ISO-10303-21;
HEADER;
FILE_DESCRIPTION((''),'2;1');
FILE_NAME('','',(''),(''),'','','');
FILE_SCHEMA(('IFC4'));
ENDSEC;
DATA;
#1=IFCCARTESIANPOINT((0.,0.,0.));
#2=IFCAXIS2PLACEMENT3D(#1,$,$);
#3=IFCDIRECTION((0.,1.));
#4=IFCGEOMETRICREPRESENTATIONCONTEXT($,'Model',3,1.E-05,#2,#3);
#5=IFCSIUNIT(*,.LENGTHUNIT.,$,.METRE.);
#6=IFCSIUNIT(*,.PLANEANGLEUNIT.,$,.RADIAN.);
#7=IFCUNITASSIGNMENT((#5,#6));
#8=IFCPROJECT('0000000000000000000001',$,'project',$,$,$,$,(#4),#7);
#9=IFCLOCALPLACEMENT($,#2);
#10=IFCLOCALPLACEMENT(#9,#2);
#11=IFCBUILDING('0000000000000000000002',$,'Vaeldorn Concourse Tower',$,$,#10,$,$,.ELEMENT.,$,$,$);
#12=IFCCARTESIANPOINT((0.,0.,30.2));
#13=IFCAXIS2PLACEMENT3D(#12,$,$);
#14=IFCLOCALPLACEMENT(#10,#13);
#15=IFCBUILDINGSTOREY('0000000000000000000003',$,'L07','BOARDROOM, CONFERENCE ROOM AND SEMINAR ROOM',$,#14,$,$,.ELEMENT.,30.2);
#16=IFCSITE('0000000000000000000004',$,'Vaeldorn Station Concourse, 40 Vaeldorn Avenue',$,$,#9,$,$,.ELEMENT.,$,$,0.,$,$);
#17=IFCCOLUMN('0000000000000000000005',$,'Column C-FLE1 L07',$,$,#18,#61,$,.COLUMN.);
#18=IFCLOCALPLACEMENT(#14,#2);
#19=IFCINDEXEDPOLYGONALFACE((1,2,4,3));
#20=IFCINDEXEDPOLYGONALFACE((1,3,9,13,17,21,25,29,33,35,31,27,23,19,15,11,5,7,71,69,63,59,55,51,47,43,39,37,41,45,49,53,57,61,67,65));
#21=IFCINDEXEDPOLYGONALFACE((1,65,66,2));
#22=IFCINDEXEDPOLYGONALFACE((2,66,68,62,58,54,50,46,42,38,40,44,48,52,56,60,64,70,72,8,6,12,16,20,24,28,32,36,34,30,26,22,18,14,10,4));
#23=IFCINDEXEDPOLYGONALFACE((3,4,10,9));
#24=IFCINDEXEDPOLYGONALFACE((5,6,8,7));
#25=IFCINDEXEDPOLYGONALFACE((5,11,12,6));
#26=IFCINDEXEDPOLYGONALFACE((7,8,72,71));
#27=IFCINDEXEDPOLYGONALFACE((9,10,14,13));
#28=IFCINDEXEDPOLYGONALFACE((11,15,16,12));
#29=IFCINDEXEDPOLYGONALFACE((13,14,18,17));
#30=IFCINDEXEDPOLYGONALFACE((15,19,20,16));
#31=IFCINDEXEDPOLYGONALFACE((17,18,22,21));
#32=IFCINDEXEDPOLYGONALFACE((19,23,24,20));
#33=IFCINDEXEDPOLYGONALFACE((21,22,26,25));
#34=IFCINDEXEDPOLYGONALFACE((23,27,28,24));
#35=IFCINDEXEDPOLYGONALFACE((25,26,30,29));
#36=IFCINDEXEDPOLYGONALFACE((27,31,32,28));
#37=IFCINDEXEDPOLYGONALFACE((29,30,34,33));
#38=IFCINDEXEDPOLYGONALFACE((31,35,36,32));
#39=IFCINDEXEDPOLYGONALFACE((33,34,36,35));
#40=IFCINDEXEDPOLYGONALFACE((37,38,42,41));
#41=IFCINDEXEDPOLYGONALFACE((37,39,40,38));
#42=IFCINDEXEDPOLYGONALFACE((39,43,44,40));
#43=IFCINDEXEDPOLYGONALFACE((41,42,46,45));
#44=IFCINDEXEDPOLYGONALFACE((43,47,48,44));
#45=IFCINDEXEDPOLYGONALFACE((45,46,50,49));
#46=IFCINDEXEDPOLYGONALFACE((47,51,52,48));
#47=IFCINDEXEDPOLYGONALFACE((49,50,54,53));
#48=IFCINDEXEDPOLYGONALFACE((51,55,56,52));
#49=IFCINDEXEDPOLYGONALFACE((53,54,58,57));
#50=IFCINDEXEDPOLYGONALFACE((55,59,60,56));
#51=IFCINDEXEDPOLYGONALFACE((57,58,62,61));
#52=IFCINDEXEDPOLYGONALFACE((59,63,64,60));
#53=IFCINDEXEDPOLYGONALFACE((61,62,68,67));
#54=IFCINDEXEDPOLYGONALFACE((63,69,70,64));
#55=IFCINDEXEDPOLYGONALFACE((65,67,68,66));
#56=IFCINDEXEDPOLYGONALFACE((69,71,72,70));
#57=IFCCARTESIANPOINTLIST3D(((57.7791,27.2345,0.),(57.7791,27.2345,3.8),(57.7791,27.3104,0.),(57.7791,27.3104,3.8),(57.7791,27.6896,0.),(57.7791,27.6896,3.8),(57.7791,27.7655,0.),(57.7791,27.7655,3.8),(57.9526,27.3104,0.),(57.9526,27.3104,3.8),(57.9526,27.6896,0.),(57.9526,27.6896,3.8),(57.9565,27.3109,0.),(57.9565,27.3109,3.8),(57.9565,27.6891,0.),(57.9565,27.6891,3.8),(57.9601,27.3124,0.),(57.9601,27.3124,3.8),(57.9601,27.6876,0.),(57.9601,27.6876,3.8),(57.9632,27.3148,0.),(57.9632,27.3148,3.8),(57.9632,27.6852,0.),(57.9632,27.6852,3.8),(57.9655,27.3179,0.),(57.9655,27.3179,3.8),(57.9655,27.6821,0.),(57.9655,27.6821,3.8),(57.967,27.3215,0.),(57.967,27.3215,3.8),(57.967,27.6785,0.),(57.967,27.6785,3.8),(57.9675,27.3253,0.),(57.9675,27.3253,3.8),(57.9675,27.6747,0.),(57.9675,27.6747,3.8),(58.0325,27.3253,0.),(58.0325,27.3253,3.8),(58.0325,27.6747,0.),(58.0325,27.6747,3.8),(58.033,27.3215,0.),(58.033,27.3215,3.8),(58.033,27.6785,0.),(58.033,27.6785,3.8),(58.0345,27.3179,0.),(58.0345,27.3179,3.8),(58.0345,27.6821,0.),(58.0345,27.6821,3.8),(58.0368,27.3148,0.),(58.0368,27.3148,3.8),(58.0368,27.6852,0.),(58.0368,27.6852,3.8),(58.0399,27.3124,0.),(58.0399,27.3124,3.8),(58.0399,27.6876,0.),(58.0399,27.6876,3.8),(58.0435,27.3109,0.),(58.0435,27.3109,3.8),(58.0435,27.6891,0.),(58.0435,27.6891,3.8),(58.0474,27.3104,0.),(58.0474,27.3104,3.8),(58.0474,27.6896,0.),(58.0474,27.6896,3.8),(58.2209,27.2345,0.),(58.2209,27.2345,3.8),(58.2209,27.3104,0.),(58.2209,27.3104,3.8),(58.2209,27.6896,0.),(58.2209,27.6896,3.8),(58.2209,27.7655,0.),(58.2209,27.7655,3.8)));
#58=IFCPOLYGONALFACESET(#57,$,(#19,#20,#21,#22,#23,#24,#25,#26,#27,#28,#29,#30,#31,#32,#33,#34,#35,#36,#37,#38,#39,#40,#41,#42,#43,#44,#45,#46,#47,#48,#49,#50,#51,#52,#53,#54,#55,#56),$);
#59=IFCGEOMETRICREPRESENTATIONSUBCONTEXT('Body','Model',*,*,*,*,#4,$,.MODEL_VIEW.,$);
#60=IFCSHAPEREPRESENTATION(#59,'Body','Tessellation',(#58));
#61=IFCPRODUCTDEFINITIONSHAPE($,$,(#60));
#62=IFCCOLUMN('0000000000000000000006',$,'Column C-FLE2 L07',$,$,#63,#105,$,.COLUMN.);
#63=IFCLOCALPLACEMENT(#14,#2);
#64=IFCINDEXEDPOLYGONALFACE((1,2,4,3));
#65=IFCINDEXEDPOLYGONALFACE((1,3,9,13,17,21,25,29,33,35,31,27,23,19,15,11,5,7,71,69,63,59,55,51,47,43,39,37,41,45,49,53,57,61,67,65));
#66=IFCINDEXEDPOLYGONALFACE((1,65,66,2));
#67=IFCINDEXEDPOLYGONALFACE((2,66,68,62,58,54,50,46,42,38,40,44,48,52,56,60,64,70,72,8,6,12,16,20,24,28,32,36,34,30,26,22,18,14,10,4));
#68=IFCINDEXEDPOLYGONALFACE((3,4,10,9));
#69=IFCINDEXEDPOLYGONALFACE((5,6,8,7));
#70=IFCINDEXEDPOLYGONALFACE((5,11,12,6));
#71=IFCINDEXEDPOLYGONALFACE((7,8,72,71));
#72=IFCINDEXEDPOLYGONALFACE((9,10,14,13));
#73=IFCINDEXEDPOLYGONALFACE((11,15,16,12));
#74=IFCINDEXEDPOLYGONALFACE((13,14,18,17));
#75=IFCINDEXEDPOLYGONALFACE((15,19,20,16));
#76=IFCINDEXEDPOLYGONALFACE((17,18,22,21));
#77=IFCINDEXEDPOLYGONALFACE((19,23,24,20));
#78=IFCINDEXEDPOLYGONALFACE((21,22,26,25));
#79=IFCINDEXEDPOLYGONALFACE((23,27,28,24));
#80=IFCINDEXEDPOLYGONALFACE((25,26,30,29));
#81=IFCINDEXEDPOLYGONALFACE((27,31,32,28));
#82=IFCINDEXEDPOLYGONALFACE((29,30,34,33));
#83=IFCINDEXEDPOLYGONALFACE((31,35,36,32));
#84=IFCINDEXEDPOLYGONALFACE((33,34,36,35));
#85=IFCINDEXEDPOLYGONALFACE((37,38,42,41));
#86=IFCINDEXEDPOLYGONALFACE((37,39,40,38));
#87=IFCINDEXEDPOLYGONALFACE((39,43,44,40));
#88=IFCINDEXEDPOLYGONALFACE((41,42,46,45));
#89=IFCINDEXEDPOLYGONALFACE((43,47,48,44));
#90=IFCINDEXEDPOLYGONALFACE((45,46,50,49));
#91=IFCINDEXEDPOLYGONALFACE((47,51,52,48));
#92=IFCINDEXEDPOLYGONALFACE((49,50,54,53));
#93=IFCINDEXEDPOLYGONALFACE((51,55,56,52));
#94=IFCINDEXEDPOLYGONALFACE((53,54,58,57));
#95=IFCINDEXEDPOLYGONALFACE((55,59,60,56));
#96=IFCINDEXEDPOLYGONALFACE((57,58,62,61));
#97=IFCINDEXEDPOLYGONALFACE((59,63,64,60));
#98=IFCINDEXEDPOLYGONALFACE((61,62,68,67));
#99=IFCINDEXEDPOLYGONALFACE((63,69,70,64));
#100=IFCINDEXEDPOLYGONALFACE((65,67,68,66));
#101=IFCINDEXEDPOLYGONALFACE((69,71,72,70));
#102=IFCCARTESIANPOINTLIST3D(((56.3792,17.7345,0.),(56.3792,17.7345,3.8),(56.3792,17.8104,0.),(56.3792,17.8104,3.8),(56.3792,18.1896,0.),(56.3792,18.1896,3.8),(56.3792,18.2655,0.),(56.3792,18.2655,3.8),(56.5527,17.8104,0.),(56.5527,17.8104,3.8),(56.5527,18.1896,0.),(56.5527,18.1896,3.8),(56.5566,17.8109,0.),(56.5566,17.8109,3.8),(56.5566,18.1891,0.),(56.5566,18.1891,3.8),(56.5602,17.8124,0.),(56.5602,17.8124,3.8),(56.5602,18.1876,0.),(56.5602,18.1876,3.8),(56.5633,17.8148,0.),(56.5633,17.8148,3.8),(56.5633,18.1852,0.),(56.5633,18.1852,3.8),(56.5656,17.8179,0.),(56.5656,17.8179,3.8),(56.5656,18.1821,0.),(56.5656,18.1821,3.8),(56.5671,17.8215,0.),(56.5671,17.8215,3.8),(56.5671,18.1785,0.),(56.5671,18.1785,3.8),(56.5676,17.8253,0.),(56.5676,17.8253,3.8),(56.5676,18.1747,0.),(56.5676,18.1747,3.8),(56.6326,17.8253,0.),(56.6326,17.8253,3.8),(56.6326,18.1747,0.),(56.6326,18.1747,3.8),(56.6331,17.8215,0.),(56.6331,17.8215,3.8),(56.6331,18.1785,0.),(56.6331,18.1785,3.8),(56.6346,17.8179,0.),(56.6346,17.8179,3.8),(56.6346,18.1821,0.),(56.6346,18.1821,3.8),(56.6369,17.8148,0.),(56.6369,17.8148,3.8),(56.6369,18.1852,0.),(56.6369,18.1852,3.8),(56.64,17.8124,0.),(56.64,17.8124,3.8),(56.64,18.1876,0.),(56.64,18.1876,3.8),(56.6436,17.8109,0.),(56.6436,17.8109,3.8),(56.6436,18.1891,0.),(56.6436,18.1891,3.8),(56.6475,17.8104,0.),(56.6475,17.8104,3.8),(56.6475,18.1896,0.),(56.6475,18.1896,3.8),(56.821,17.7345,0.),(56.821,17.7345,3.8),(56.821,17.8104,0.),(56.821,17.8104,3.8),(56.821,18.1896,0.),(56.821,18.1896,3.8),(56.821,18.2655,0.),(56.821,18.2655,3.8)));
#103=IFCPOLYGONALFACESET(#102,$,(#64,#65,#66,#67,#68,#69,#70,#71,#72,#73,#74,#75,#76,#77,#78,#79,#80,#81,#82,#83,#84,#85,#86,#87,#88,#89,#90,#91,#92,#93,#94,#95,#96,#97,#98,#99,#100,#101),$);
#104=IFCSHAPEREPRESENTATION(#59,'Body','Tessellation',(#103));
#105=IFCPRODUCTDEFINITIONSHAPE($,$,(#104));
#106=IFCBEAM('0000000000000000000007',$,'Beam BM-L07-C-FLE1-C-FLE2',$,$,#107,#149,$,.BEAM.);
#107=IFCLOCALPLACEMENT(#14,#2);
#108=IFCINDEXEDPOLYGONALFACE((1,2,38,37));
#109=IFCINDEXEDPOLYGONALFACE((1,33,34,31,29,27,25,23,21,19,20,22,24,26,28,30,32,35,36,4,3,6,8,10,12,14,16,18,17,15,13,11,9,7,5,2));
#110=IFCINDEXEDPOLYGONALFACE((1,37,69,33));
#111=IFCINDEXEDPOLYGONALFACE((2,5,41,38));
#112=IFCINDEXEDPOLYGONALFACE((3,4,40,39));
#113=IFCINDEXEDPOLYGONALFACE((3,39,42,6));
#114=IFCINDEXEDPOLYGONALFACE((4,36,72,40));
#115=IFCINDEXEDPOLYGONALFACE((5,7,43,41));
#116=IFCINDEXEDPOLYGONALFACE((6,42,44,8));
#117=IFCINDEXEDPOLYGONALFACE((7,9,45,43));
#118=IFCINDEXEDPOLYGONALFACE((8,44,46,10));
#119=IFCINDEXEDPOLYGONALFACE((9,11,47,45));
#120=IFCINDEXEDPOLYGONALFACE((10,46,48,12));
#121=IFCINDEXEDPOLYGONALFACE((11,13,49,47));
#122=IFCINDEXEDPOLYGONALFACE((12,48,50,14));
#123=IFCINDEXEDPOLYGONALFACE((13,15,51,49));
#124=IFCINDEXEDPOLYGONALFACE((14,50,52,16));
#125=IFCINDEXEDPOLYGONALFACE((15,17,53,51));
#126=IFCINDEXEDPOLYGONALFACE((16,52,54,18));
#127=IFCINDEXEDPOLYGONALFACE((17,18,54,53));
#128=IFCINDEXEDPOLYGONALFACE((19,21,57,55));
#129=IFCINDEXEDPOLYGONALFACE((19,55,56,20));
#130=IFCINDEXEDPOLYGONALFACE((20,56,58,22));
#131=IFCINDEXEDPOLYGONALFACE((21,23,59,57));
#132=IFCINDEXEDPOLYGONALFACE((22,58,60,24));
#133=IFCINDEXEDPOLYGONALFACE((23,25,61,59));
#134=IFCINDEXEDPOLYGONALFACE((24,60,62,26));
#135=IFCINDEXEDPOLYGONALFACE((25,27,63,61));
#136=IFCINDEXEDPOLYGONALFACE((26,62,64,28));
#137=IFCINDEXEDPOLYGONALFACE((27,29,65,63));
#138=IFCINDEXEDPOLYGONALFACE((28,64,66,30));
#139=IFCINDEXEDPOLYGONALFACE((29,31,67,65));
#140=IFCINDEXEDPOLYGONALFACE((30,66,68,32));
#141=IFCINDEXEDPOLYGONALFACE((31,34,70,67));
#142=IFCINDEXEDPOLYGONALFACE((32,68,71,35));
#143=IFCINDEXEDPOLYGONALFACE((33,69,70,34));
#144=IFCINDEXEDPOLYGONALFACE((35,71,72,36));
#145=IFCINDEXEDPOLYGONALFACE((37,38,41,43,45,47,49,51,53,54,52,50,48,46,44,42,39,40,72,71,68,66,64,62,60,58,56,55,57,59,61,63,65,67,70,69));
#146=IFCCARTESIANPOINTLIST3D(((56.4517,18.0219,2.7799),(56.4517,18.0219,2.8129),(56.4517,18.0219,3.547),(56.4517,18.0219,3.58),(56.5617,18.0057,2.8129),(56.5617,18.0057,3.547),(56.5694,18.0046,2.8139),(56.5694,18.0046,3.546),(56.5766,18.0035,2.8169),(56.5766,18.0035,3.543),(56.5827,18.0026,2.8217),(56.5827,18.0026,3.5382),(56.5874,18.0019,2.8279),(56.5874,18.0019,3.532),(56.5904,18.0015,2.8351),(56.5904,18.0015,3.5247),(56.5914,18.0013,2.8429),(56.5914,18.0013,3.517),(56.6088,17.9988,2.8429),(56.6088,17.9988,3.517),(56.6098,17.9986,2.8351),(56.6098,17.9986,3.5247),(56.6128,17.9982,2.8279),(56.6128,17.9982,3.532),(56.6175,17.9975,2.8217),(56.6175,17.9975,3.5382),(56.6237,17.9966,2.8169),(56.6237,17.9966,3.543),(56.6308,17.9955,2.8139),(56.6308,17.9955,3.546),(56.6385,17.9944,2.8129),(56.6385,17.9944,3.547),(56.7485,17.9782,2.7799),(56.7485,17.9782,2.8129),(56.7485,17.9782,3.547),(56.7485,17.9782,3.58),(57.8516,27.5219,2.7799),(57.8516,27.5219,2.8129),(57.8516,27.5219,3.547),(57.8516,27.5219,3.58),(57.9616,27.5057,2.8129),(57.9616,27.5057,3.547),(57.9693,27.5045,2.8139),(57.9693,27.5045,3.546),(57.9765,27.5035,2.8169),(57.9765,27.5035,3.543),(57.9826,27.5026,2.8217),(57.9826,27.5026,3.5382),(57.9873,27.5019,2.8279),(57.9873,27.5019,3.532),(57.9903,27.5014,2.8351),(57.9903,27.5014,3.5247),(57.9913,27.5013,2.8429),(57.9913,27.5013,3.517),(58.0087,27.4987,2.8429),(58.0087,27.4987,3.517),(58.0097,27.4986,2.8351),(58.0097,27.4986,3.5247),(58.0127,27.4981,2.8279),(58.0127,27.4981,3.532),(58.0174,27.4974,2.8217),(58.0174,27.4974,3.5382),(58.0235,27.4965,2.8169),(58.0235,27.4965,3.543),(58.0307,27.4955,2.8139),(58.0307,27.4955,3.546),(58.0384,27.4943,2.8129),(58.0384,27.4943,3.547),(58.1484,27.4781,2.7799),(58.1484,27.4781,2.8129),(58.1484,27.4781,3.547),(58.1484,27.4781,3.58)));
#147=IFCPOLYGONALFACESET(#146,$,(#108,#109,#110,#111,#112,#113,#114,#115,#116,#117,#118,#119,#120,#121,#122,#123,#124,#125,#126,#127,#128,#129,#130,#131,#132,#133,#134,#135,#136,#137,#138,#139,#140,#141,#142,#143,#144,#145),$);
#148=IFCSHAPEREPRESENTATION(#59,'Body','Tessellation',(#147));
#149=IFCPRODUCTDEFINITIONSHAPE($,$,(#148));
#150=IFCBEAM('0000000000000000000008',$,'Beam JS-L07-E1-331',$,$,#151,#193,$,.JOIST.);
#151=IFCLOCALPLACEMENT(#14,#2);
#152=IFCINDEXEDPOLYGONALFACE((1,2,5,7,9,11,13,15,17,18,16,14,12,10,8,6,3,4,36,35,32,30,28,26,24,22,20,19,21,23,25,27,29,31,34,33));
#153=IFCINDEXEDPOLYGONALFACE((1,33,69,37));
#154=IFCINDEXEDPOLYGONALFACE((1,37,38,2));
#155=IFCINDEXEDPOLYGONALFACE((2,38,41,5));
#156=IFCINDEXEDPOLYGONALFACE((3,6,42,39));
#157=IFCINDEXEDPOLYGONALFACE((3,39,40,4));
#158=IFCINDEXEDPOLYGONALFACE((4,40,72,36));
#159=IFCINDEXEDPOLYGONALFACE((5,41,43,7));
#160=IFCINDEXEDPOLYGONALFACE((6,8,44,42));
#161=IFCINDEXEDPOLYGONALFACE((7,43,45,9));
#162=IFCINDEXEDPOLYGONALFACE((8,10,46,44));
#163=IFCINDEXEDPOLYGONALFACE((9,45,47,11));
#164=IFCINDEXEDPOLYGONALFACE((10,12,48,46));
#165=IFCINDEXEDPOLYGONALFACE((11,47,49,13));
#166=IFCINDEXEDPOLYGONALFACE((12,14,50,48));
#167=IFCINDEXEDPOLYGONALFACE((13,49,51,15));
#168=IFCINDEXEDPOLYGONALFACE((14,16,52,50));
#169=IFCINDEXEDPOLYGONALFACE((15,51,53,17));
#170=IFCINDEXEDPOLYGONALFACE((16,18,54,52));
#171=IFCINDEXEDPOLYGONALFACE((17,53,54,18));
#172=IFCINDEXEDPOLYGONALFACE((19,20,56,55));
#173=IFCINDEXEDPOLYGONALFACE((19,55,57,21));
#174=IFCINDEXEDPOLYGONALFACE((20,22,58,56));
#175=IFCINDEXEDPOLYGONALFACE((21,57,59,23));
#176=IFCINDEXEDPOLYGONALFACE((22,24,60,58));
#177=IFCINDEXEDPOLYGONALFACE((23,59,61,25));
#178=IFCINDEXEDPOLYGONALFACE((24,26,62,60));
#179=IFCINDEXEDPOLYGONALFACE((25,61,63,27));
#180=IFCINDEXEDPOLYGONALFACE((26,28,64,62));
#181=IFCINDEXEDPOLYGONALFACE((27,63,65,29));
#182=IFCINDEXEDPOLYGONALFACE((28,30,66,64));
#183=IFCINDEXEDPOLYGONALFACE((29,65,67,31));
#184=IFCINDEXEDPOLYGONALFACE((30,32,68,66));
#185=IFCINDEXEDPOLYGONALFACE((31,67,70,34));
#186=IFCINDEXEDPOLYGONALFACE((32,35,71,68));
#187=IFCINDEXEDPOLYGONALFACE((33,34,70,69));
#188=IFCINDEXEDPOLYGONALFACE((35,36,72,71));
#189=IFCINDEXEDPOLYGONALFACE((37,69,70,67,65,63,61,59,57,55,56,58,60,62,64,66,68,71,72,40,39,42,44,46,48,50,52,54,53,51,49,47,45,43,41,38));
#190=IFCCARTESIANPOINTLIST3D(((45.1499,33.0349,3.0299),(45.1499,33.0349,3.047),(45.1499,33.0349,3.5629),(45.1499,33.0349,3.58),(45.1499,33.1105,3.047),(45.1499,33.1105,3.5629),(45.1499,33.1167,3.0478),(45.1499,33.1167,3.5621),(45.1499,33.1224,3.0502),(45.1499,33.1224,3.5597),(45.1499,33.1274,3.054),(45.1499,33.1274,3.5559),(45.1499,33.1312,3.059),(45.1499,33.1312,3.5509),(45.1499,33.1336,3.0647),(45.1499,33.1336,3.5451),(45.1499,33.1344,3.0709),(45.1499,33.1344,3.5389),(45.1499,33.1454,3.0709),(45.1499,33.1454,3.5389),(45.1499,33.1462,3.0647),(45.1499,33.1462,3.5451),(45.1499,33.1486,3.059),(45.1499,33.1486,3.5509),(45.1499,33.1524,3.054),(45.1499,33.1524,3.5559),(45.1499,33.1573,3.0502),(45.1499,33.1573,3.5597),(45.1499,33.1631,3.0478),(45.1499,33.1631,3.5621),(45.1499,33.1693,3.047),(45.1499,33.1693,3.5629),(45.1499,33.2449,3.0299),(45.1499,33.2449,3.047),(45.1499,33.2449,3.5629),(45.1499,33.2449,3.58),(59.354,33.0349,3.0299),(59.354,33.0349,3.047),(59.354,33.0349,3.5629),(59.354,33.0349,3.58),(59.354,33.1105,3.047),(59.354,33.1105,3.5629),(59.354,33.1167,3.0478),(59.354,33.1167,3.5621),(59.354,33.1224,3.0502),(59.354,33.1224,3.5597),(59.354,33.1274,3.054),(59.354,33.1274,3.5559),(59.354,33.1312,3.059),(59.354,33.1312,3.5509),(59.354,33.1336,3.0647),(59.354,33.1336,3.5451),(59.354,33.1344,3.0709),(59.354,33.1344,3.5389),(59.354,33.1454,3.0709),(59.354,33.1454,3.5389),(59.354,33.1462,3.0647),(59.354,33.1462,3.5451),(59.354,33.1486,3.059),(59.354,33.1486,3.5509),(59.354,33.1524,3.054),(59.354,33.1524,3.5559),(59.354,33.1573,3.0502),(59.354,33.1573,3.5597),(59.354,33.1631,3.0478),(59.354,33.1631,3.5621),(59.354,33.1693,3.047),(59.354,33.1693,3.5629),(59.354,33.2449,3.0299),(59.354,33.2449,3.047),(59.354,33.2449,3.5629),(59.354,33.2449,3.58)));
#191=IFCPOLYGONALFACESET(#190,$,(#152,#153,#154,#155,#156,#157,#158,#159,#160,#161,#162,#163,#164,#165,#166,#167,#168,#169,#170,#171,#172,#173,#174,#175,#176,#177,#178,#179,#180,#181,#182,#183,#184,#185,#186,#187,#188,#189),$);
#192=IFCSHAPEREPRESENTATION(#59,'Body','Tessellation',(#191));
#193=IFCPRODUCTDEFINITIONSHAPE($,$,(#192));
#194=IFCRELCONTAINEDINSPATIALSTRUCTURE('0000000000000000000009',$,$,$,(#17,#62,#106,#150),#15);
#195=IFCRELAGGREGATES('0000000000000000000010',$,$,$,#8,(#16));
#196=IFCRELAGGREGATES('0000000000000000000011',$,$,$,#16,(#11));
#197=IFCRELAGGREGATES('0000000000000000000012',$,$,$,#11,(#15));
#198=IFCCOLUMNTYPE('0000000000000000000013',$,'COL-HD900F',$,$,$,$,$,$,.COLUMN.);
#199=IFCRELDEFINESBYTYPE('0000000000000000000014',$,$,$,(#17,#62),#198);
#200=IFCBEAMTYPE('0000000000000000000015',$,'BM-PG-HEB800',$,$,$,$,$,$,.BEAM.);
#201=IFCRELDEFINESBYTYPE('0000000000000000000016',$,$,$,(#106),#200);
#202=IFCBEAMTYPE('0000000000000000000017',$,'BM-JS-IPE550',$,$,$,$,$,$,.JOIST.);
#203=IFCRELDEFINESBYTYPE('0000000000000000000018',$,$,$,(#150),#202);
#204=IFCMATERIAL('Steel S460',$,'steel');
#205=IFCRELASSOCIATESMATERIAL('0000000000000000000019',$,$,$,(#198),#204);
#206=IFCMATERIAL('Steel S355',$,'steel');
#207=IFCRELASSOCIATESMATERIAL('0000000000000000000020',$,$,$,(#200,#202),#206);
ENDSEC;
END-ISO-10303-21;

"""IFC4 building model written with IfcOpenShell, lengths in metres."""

from ifc_helpers import new_model, si_unit, direction, frame, origin, origin_2d, place, context, subcontext, project, spatial, i_section, extrude, source, transform, mapped, material, material_profile, profile_set, type_object, element, save


model = new_model("IFC4")

# Units and contexts
model_context = context("Model", 3, precision=1e-05, world=origin(), true_north=direction((0.0, 1.0)))
body_context = subcontext(model_context, "Body", "Model", "MODEL_VIEW")
ifc_project = project(units=[si_unit("LENGTHUNIT", "METRE"), si_unit("PLANEANGLEUNIT", "RADIAN")], contexts=[model_context])

# Site, building, storey
site_placement = place(None, origin())
site = spatial("IfcSite", under=ifc_project, at=site_placement, Name="Vaeldorn Station Concourse, 40 Vaeldorn Avenue", CompositionType="ELEMENT", RefElevation=0.0)
building_placement = place(site_placement, origin())
building = spatial("IfcBuilding", under=site, at=building_placement, Name="Vaeldorn Concourse Tower", CompositionType="ELEMENT")
storey_placement = place(building_placement, frame((0.0, 0.0, 30.2)))
storey = spatial("IfcBuildingStorey", under=building, at=storey_placement, Name="L07", Description="BOARDROOM, CONFERENCE ROOM AND SEMINAR ROOM", CompositionType="ELEMENT", Elevation=30.2)

# Columns
ifc_material_1 = material(Name="Steel S460", Category="steel")
ifc_material_profile_1 = material_profile(ifc_material_1, i_section(OverallWidth=0.4419, OverallDepth=0.531, WebThickness=0.0649, FlangeThickness=0.0759, FilletRadius=0.0149, at=origin_2d()), Name="HD 400x900")
ifc_profile_set_1 = profile_set([ifc_material_profile_1], Name="Steel S460")
column_type = type_object("IfcColumnType", Name="COL-HD900F", PredefinedType="COLUMN", material=ifc_profile_set_1)
shared_shape_1 = source(origin(), body_context, "Body", "SweptSolid", [
    extrude(i_section(OverallWidth=0.4419, OverallDepth=0.531, WebThickness=0.0649, FlangeThickness=0.0759, FilletRadius=0.0149, at=origin_2d()), origin(), (0.0, 0.0, 1.0), 3.8),
])
for number, where, z_axis, x_axis, name in (
    (1, (58.0, 27.5, 0.0), (0.0, 0.0, 1.0), (1.0, 0.0, 0.0), "Column C-FLE1 L07"),
    (2, (56.6001, 18.0, 0.0), (0.0, 0.0, 1.0), (1.0, 0.0, 0.0), "Column C-FLE2 L07"),
):
    element("IfcColumn", number, at=place(storey_placement, frame(where, z_axis=z_axis, x_axis=x_axis)), inside=storey, type_object=column_type, Name=name, PredefinedType="COLUMN", context=body_context, shape_type="MappedRepresentation", body=[
        mapped(shared_shape_1, transform((0.0, 0.0, 0.0), scale=1.0)),
    ])

# Beams
ifc_material_2 = material(Name="Steel S355", Category="steel")
ifc_material_profile_2 = material_profile(ifc_material_2, i_section(OverallWidth=0.3, OverallDepth=0.8, WebThickness=0.0176, FlangeThickness=0.033, FilletRadius=0.03, at=origin_2d()), Name="HEB 800")
ifc_profile_set_2 = profile_set([ifc_material_profile_2], Name="Steel S355")
beam_type_1 = type_object("IfcBeamType", Name="BM-PG-HEB800", PredefinedType="BEAM", material=ifc_profile_set_2)
shared_shape_2 = source(origin(), body_context, "Body", "SweptSolid", [
    extrude(i_section(OverallWidth=0.3, OverallDepth=0.8, WebThickness=0.0176, FlangeThickness=0.033, FilletRadius=0.03, at=origin_2d()), origin(), (0.0, 0.0, 1.0), 9.6025),
])
beam_1_placement = place(storey_placement, frame((58.0, 27.5, 3.1799), z_axis=(-0.145784, -0.989316, 0.0), x_axis=(0.989316, -0.145784, 0.0)))
element("IfcBeam", 3, at=beam_1_placement, inside=storey, type_object=beam_type_1, Name="Beam BM-L07-C-FLE1-C-FLE2", PredefinedType="BEAM", context=body_context, shape_type="MappedRepresentation", body=[
    mapped(shared_shape_2, transform((0.0, 0.0, 0.0), scale=1.0)),
])
ifc_material_profile_3 = material_profile(ifc_material_2, i_section(OverallWidth=0.21, OverallDepth=0.55, WebThickness=0.011, FlangeThickness=0.0171, FilletRadius=0.0239, at=origin_2d()), Name="IPE 550")
ifc_profile_set_3 = profile_set([ifc_material_profile_3], Name="Steel S355")
beam_type_2 = type_object("IfcBeamType", Name="BM-JS-IPE550", PredefinedType="JOIST", material=ifc_profile_set_3)
shared_shape_3 = source(origin(), body_context, "Body", "SweptSolid", [
    extrude(i_section(OverallWidth=0.21, OverallDepth=0.55, WebThickness=0.011, FlangeThickness=0.0171, FilletRadius=0.0239, at=origin_2d()), origin(), (0.0, 0.0, 1.0), 14.2041),
])
beam_2_placement = place(storey_placement, frame((45.1499, 33.1399, 3.3049), z_axis=(1.0, 0.0, 0.0), x_axis=(0.0, 1.0, 0.0)))
element("IfcBeam", 4, at=beam_2_placement, inside=storey, type_object=beam_type_2, Name="Beam JS-L07-E1-331", PredefinedType="JOIST", context=body_context, shape_type="MappedRepresentation", body=[
    mapped(shared_shape_3, transform((0.0, 0.0, 0.0), scale=1.0)),
])

save(model, "model.ifc")
